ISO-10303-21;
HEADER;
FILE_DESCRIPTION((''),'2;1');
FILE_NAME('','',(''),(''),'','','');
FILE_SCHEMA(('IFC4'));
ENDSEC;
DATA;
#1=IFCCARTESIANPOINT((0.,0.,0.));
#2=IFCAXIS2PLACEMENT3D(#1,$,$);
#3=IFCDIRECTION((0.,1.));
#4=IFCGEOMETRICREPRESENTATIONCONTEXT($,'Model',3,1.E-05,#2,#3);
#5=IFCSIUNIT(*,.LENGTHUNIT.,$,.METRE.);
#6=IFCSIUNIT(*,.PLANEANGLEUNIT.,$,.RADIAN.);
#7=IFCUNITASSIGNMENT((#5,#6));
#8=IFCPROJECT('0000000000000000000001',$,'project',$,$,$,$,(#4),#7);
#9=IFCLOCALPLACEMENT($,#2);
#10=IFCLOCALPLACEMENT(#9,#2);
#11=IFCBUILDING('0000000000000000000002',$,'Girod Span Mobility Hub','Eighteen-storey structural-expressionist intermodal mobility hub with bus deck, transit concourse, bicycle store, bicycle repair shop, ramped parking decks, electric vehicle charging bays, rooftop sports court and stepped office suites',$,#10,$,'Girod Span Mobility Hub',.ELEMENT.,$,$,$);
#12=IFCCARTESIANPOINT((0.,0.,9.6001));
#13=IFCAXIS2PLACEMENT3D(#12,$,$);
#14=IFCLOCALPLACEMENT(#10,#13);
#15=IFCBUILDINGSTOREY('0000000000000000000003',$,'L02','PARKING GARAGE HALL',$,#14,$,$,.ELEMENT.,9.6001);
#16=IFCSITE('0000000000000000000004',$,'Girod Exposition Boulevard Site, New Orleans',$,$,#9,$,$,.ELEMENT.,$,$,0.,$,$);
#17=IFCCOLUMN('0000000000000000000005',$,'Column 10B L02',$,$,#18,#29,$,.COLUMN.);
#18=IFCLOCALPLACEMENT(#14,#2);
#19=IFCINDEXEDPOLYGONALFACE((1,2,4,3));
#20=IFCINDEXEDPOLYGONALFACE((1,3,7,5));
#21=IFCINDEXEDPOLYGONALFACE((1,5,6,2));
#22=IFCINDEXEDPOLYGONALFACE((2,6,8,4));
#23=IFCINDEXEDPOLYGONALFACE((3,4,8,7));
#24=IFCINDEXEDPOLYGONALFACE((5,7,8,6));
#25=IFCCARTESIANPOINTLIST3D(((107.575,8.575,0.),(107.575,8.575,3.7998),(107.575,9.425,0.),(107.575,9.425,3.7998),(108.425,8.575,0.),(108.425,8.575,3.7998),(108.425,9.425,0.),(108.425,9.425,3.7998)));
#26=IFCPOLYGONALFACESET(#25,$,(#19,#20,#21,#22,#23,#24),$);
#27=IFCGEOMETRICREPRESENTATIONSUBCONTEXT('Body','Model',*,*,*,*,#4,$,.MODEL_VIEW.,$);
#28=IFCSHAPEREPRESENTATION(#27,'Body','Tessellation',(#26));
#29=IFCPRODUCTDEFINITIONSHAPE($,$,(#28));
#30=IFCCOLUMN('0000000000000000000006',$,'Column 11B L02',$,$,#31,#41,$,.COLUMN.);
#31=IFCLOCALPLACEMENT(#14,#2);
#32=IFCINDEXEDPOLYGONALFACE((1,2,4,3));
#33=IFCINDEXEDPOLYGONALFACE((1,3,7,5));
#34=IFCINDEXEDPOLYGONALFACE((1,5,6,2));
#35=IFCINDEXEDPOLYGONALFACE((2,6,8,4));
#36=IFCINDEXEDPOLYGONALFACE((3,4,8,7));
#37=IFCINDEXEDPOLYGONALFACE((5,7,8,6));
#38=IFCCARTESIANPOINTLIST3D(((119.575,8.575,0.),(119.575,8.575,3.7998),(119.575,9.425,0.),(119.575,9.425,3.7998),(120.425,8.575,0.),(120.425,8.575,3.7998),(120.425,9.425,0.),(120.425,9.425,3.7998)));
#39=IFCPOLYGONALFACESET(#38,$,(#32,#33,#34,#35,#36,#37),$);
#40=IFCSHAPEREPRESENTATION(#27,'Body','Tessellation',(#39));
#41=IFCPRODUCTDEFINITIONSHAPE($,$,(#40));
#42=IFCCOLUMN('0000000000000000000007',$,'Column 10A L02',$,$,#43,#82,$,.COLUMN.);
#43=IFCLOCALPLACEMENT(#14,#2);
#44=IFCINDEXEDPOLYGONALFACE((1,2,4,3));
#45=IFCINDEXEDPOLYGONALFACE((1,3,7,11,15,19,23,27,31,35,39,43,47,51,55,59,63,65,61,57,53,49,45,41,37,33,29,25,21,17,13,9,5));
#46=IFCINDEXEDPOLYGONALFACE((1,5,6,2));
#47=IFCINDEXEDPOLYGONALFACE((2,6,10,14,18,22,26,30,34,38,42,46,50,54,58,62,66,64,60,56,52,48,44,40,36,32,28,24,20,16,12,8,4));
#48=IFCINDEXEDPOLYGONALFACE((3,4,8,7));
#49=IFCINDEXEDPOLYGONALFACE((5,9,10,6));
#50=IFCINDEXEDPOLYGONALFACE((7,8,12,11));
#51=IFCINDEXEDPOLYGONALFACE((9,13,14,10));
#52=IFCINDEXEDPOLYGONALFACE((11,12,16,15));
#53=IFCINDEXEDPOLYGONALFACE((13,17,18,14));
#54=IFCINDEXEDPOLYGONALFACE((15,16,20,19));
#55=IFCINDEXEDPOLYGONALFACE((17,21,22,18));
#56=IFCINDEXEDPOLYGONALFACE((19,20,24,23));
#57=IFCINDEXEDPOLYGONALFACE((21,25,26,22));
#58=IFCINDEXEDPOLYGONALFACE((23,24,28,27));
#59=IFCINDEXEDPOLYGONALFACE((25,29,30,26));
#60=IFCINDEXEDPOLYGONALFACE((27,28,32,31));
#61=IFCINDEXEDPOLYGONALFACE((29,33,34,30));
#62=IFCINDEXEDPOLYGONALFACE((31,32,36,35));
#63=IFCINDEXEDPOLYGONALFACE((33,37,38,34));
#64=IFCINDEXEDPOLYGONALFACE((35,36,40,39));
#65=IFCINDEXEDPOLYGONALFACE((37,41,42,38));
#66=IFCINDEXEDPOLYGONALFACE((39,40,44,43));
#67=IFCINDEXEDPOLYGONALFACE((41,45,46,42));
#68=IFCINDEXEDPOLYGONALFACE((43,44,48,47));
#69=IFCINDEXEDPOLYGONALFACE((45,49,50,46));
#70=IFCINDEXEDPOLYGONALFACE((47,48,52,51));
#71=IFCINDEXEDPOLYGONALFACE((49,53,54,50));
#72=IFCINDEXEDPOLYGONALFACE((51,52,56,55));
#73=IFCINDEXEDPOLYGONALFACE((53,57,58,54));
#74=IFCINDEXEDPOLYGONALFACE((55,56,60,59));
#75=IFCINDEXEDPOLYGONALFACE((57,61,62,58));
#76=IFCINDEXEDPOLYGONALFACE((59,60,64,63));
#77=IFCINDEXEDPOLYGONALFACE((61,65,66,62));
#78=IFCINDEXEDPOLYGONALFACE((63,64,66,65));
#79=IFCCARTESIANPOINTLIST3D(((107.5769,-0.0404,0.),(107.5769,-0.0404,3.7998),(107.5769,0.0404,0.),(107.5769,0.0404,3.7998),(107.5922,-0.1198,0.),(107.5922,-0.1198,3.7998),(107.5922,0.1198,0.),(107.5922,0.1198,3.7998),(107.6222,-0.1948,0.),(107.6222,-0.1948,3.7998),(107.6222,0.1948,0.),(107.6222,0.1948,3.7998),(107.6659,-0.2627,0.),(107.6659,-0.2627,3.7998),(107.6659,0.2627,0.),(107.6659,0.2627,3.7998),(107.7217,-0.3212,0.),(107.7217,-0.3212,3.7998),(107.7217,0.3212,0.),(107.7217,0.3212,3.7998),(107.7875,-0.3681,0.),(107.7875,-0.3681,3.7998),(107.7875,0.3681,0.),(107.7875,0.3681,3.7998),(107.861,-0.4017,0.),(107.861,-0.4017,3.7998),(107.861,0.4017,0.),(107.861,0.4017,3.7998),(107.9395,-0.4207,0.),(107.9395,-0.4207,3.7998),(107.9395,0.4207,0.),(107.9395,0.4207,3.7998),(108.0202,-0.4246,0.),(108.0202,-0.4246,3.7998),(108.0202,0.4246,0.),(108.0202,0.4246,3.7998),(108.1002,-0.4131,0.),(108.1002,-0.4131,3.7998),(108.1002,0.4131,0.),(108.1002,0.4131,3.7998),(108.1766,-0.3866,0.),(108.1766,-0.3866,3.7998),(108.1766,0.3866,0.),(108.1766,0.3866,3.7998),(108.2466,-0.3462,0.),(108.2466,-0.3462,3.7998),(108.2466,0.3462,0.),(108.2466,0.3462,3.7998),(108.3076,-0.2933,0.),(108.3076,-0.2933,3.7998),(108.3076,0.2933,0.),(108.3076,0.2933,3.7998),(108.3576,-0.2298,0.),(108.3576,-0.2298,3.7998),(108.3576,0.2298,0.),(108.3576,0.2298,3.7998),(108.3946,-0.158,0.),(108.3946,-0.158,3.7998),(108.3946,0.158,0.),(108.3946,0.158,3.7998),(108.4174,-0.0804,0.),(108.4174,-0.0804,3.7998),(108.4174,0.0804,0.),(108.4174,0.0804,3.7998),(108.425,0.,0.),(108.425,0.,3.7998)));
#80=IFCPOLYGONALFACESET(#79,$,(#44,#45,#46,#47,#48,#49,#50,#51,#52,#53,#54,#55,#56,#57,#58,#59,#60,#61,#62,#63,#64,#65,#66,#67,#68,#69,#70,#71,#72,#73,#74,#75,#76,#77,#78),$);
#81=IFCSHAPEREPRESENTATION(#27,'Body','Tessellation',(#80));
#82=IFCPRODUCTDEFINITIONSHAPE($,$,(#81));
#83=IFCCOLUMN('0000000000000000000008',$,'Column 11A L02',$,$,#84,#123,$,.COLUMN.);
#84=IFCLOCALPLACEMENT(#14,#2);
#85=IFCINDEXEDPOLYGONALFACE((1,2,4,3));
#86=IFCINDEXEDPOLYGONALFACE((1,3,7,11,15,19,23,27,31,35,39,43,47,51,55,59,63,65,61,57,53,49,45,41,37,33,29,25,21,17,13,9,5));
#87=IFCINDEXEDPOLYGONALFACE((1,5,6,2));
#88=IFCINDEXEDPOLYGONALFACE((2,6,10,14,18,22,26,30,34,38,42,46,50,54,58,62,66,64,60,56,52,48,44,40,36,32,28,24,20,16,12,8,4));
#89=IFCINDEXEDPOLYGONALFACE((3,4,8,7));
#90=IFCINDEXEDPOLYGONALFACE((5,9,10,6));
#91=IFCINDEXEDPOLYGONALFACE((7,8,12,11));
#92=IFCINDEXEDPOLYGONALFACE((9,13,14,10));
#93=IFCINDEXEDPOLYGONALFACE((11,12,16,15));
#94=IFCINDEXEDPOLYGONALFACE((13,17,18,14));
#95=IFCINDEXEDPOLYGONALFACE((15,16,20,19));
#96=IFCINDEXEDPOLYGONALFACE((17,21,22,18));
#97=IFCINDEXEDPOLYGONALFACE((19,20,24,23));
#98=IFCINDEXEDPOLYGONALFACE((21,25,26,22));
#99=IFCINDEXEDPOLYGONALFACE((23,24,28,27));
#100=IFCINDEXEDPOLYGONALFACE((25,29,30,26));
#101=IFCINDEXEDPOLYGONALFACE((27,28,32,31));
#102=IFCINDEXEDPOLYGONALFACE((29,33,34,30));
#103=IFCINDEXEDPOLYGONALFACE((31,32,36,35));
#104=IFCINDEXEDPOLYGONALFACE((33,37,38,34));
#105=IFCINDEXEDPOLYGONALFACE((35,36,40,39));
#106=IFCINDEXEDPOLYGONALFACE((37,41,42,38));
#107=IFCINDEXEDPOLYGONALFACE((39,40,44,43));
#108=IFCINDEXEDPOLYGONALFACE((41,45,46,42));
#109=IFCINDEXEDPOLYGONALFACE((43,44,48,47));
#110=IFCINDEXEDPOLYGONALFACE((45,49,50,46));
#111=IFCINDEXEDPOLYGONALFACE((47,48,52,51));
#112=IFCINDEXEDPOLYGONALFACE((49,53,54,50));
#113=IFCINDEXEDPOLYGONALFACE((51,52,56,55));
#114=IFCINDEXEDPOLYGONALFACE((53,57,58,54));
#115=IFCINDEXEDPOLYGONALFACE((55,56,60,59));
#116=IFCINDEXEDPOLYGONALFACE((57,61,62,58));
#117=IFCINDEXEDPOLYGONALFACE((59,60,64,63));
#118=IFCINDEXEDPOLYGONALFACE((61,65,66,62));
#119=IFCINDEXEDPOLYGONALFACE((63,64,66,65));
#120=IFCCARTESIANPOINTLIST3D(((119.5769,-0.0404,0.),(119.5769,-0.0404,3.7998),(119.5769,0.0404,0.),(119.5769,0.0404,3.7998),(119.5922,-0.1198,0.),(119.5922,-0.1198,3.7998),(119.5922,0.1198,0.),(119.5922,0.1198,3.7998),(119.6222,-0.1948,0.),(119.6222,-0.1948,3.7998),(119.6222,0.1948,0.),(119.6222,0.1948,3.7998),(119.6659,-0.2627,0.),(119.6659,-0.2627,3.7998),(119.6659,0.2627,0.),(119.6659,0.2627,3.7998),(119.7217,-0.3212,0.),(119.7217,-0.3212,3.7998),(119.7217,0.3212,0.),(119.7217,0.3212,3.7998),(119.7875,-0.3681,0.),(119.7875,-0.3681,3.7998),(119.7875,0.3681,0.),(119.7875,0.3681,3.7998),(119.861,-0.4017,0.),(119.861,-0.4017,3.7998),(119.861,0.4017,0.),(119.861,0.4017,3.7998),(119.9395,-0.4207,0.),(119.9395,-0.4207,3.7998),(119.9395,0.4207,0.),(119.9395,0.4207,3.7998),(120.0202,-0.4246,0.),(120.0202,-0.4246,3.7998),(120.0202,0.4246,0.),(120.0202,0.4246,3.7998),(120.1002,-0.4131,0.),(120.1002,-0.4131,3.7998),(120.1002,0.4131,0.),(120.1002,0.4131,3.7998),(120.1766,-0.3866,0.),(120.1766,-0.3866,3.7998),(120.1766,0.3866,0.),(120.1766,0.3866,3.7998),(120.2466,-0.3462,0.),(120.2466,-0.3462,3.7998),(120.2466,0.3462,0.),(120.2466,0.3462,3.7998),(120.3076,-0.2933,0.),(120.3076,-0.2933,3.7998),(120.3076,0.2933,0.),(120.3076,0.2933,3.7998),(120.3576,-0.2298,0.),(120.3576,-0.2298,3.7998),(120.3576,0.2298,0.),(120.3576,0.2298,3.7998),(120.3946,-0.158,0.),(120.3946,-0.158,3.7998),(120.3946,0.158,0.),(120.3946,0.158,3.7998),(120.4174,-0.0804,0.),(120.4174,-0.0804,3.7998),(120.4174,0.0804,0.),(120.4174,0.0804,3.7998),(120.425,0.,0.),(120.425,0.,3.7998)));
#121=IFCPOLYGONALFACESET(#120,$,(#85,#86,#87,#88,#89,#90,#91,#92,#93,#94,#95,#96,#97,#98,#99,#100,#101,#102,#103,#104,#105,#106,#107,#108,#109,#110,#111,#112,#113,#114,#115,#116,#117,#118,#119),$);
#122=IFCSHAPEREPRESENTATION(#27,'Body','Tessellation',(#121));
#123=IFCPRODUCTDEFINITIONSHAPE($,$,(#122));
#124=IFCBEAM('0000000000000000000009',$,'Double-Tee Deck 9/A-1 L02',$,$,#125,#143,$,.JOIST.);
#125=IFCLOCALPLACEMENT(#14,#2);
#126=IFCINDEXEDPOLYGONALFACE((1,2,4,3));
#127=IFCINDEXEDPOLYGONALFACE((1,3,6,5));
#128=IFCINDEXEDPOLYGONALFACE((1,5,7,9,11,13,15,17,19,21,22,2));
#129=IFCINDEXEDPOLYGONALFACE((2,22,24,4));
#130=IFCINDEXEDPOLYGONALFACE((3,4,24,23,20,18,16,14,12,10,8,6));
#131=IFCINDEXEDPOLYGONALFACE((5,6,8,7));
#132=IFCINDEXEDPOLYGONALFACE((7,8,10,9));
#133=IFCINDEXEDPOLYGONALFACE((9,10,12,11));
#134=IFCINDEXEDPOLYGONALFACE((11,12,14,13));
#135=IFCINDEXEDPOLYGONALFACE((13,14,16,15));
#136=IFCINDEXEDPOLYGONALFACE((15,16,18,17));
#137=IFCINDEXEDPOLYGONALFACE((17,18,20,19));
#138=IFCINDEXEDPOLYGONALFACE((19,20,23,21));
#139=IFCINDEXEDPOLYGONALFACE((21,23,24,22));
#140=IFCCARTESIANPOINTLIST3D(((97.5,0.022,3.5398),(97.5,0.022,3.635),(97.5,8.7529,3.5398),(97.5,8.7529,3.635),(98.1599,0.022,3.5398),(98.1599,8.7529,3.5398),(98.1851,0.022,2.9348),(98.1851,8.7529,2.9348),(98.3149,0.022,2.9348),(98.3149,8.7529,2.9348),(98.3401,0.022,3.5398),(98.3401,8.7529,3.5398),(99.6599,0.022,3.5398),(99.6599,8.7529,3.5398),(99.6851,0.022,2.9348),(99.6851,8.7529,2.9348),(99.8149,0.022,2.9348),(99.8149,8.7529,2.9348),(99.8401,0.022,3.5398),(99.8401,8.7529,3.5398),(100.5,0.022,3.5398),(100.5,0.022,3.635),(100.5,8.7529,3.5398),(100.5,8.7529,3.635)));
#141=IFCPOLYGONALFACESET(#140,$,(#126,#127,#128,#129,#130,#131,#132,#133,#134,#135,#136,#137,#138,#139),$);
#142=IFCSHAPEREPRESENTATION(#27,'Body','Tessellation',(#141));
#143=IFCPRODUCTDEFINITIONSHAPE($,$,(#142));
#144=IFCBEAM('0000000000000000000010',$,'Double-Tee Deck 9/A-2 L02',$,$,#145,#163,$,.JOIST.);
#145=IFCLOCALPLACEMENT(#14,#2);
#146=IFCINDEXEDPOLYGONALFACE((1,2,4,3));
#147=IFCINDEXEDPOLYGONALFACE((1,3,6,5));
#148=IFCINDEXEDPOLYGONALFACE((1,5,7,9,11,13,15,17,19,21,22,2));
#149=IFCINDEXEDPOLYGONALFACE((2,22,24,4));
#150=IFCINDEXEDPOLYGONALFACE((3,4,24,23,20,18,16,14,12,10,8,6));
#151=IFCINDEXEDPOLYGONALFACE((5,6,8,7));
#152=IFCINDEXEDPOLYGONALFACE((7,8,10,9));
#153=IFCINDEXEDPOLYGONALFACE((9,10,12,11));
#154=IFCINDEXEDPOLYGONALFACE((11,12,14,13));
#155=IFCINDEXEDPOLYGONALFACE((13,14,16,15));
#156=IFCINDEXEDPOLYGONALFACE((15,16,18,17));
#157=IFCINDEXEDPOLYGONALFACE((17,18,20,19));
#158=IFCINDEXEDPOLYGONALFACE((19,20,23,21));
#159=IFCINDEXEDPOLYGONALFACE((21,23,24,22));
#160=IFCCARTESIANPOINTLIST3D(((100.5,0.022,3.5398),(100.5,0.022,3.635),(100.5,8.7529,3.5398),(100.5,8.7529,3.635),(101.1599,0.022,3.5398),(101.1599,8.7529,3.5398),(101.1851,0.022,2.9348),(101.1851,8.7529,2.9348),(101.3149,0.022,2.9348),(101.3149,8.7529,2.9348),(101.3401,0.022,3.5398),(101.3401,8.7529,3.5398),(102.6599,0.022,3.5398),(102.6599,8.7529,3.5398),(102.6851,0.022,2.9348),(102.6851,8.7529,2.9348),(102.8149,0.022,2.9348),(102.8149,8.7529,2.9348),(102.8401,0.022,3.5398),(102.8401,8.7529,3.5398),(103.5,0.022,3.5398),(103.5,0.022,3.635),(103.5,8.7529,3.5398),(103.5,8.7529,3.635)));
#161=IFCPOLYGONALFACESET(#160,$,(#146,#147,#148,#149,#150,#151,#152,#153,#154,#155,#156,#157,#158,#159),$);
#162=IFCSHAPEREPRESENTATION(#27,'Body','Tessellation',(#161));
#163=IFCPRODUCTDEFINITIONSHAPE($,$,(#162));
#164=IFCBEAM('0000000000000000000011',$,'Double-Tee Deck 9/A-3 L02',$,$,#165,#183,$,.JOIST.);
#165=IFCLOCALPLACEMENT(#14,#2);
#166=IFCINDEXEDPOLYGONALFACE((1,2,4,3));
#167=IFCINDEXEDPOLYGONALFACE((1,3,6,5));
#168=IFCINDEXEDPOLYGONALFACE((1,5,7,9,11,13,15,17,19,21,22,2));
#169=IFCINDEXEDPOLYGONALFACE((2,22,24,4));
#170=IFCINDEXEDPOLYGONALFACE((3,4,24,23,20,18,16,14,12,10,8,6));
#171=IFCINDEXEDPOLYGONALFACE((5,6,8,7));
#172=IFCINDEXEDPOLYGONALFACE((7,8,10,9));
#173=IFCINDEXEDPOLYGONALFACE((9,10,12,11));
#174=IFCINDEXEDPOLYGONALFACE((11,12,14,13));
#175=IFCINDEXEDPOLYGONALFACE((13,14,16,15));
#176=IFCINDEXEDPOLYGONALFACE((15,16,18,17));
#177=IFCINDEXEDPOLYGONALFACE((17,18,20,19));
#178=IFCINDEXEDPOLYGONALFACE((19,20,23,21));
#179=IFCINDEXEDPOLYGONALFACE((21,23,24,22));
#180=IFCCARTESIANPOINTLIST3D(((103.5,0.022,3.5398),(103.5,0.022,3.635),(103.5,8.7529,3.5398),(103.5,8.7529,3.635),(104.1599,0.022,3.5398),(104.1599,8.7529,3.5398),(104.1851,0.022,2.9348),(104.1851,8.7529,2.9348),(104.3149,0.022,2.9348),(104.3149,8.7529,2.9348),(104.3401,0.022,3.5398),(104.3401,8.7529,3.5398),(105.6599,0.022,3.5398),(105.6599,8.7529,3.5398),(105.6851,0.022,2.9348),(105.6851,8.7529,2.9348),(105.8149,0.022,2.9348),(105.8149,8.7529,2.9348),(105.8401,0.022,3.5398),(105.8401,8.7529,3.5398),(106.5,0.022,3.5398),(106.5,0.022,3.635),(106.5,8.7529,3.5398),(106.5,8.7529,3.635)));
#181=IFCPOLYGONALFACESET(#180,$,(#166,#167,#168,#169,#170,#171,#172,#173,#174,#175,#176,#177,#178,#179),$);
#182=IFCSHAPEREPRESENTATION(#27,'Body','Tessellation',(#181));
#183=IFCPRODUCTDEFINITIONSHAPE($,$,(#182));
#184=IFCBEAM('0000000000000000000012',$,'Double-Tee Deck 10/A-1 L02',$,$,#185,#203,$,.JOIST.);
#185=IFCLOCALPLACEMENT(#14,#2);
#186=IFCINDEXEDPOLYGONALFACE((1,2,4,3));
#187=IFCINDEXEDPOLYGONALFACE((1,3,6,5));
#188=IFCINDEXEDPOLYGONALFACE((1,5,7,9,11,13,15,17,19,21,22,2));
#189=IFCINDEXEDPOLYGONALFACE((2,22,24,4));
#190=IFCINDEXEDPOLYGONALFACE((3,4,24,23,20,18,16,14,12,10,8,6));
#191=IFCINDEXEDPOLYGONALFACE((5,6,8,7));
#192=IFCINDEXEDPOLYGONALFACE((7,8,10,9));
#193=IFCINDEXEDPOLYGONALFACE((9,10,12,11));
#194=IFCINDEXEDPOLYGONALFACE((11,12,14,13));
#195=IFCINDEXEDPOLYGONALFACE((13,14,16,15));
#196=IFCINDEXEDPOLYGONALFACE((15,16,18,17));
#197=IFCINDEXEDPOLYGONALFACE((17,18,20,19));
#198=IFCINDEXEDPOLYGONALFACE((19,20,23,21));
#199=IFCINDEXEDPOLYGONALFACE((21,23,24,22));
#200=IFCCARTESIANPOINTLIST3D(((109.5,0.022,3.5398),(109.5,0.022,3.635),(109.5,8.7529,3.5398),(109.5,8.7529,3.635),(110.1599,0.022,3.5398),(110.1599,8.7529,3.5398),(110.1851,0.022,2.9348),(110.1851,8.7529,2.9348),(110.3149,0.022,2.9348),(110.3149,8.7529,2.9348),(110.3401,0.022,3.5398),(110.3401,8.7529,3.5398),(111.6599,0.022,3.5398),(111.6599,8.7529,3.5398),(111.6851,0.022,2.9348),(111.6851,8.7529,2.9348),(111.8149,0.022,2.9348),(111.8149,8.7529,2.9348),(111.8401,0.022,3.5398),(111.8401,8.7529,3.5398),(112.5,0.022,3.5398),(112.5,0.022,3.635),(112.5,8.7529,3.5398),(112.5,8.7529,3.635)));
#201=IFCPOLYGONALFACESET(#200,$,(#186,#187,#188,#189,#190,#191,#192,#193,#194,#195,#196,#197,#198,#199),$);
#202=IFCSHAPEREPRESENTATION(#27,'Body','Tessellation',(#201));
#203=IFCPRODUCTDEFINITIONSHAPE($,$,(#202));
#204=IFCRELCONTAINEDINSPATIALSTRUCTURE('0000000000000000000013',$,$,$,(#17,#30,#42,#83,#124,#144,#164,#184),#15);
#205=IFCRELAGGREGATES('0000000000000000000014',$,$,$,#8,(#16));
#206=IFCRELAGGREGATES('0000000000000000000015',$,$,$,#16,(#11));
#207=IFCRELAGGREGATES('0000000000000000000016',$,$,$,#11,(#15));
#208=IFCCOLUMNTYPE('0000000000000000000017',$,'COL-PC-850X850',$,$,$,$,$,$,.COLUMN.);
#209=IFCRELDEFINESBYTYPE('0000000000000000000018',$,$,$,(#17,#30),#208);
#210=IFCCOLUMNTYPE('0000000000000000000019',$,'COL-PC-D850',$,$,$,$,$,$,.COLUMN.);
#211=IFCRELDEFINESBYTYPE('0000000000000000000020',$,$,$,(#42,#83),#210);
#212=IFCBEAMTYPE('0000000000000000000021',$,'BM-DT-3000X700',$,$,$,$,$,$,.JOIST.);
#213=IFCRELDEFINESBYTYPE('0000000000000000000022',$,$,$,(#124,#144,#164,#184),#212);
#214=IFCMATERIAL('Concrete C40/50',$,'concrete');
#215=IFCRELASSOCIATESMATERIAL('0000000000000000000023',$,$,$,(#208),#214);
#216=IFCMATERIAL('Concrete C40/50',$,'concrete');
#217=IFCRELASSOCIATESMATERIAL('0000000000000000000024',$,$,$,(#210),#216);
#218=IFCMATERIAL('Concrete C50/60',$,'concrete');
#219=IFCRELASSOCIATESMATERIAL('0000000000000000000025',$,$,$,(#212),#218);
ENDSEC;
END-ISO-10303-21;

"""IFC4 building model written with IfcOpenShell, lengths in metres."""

from ifc_helpers import new_model, si_unit, direction, frame, origin, origin_2d, place, context, subcontext, project, spatial, polyline, rectangle, circle, outline, extrude, material, material_profile, profile_set, type_object, element, save


model = new_model("IFC4")

# Units and contexts
model_context = context("Model", 3, precision=1e-05, world=origin(), true_north=direction((0.0, 1.0)))
body_context = subcontext(model_context, "Body", "Model", "MODEL_VIEW")
ifc_project = project(units=[si_unit("LENGTHUNIT", "METRE"), si_unit("PLANEANGLEUNIT", "RADIAN")], contexts=[model_context])

# Site, building, storey
site_placement = place(None, origin())
site = spatial("IfcSite", under=ifc_project, at=site_placement, Name="Girod Exposition Boulevard Site, New Orleans", CompositionType="ELEMENT", RefElevation=0.0)
building_placement = place(site_placement, origin())
building = spatial("IfcBuilding", under=site, at=building_placement, Name="Girod Span Mobility Hub", Description="Eighteen-storey structural-expressionist intermodal mobility hub with bus deck, transit concourse, bicycle store, bicycle repair shop, ramped parking decks, electric vehicle charging bays, rooftop sports court and stepped office suites", LongName="Girod Span Mobility Hub", CompositionType="ELEMENT")
storey_placement = place(building_placement, frame((0.0, 0.0, 9.6001)))
storey = spatial("IfcBuildingStorey", under=building, at=storey_placement, Name="L02", Description="PARKING GARAGE HALL", CompositionType="ELEMENT", Elevation=9.6001)

# Columns
ifc_material_1 = material(Name="Concrete C40/50", Category="concrete")
ifc_material_profile_1 = material_profile(ifc_material_1, rectangle(XDim=0.8501, YDim=0.8501, at=origin_2d()), Name="PC-COL-850X850")
ifc_profile_set_1 = profile_set([ifc_material_profile_1], Name="Concrete C40/50")
column_type_1 = type_object("IfcColumnType", Name="COL-PC-850X850", PredefinedType="COLUMN", material=ifc_profile_set_1)
for number, where, z_axis, x_axis, name in (
    (1, (108.0, 9.0, 0.0), (0.0, 0.0, 1.0), (1.0, 0.0, 0.0), "Column 10B L02"),
    (2, (120.0, 9.0, 0.0), (0.0, 0.0, 1.0), (1.0, 0.0, 0.0), "Column 11B L02"),
):
    element("IfcColumn", number, at=place(storey_placement, frame(where, z_axis=z_axis, x_axis=x_axis)), inside=storey, type_object=column_type_1, Name=name, PredefinedType="COLUMN", context=body_context, shape_type="SweptSolid", body=[
        extrude(rectangle(XDim=0.8501, YDim=0.8501, at=origin_2d()), origin(), (0.0, 0.0, 1.0), 3.7998),
    ])
ifc_material_2 = material(Name="Concrete C40/50", Category="concrete")
ifc_material_profile_2 = material_profile(ifc_material_2, circle(Radius=0.425, at=origin_2d()), Name="PC-CIR-D850")
ifc_profile_set_2 = profile_set([ifc_material_profile_2], Name="Concrete C40/50")
column_type_2 = type_object("IfcColumnType", Name="COL-PC-D850", PredefinedType="COLUMN", material=ifc_profile_set_2)
for number, where, z_axis, x_axis, name in (
    (3, (108.0, 0.0, 0.0), (0.0, 0.0, 1.0), (1.0, 0.0, 0.0), "Column 10A L02"),
    (4, (120.0, 0.0, 0.0), (0.0, 0.0, 1.0), (1.0, 0.0, 0.0), "Column 11A L02"),
):
    element("IfcColumn", number, at=place(storey_placement, frame(where, z_axis=z_axis, x_axis=x_axis)), inside=storey, type_object=column_type_2, Name=name, PredefinedType="COLUMN", context=body_context, shape_type="SweptSolid", body=[
        extrude(circle(Radius=0.425, at=origin_2d()), origin(), (0.0, 0.0, 1.0), 3.7998),
    ])

# Beams
ifc_material_3 = material(Name="Concrete C50/60", Category="concrete")
ifc_material_profile_3 = material_profile(ifc_material_3, outline(polyline([(-1.5, 0.3501), (-1.5, 0.2549), (-0.8401, 0.2549), (-0.8149, -0.3501), (-0.6851, -0.3501), (-0.6599, 0.2549), (0.6599, 0.2549), (0.6851, -0.3501), (0.8149, -0.3501), (0.8401, 0.2549), (1.5, 0.2549), (1.5, 0.3501), (-1.5, 0.3501)])), Name="DT-3000X700")
ifc_profile_set_3 = profile_set([ifc_material_profile_3], Name="Concrete C50/60")
beam_type_1 = type_object("IfcBeamType", Name="BM-DT-3000X700", PredefinedType="JOIST", material=ifc_profile_set_3)
for number, where, z_axis, x_axis, name in (
    (5, (99.0, 0.022, 3.2849), (0.0, 1.0, 0.0), (-1.0, 0.0, 0.0), "Double-Tee Deck 9/A-1 L02"),
    (6, (102.0, 0.022, 3.2849), (0.0, 1.0, 0.0), (-1.0, 0.0, 0.0), "Double-Tee Deck 9/A-2 L02"),
    (7, (105.0, 0.022, 3.2849), (0.0, 1.0, 0.0), (-1.0, 0.0, 0.0), "Double-Tee Deck 9/A-3 L02"),
    (8, (111.0, 0.022, 3.2849), (0.0, 1.0, 0.0), (-1.0, 0.0, 0.0), "Double-Tee Deck 10/A-1 L02"),
):
    element("IfcBeam", number, at=place(storey_placement, frame(where, z_axis=z_axis, x_axis=x_axis)), inside=storey, type_object=beam_type_1, Name=name, PredefinedType="JOIST", context=body_context, shape_type="SweptSolid", body=[
        extrude(outline(polyline([(-1.5, 0.3501), (-1.5, 0.2549), (-0.8401, 0.2549), (-0.8149, -0.3501), (-0.6851, -0.3501), (-0.6599, 0.2549), (0.6599, 0.2549), (0.6851, -0.3501), (0.8149, -0.3501), (0.8401, 0.2549), (1.5, 0.2549), (1.5, 0.3501), (-1.5, 0.3501)])), origin(), (0.0, 0.0, 1.0), 8.731),
    ])

save(model, "model.ifc")
